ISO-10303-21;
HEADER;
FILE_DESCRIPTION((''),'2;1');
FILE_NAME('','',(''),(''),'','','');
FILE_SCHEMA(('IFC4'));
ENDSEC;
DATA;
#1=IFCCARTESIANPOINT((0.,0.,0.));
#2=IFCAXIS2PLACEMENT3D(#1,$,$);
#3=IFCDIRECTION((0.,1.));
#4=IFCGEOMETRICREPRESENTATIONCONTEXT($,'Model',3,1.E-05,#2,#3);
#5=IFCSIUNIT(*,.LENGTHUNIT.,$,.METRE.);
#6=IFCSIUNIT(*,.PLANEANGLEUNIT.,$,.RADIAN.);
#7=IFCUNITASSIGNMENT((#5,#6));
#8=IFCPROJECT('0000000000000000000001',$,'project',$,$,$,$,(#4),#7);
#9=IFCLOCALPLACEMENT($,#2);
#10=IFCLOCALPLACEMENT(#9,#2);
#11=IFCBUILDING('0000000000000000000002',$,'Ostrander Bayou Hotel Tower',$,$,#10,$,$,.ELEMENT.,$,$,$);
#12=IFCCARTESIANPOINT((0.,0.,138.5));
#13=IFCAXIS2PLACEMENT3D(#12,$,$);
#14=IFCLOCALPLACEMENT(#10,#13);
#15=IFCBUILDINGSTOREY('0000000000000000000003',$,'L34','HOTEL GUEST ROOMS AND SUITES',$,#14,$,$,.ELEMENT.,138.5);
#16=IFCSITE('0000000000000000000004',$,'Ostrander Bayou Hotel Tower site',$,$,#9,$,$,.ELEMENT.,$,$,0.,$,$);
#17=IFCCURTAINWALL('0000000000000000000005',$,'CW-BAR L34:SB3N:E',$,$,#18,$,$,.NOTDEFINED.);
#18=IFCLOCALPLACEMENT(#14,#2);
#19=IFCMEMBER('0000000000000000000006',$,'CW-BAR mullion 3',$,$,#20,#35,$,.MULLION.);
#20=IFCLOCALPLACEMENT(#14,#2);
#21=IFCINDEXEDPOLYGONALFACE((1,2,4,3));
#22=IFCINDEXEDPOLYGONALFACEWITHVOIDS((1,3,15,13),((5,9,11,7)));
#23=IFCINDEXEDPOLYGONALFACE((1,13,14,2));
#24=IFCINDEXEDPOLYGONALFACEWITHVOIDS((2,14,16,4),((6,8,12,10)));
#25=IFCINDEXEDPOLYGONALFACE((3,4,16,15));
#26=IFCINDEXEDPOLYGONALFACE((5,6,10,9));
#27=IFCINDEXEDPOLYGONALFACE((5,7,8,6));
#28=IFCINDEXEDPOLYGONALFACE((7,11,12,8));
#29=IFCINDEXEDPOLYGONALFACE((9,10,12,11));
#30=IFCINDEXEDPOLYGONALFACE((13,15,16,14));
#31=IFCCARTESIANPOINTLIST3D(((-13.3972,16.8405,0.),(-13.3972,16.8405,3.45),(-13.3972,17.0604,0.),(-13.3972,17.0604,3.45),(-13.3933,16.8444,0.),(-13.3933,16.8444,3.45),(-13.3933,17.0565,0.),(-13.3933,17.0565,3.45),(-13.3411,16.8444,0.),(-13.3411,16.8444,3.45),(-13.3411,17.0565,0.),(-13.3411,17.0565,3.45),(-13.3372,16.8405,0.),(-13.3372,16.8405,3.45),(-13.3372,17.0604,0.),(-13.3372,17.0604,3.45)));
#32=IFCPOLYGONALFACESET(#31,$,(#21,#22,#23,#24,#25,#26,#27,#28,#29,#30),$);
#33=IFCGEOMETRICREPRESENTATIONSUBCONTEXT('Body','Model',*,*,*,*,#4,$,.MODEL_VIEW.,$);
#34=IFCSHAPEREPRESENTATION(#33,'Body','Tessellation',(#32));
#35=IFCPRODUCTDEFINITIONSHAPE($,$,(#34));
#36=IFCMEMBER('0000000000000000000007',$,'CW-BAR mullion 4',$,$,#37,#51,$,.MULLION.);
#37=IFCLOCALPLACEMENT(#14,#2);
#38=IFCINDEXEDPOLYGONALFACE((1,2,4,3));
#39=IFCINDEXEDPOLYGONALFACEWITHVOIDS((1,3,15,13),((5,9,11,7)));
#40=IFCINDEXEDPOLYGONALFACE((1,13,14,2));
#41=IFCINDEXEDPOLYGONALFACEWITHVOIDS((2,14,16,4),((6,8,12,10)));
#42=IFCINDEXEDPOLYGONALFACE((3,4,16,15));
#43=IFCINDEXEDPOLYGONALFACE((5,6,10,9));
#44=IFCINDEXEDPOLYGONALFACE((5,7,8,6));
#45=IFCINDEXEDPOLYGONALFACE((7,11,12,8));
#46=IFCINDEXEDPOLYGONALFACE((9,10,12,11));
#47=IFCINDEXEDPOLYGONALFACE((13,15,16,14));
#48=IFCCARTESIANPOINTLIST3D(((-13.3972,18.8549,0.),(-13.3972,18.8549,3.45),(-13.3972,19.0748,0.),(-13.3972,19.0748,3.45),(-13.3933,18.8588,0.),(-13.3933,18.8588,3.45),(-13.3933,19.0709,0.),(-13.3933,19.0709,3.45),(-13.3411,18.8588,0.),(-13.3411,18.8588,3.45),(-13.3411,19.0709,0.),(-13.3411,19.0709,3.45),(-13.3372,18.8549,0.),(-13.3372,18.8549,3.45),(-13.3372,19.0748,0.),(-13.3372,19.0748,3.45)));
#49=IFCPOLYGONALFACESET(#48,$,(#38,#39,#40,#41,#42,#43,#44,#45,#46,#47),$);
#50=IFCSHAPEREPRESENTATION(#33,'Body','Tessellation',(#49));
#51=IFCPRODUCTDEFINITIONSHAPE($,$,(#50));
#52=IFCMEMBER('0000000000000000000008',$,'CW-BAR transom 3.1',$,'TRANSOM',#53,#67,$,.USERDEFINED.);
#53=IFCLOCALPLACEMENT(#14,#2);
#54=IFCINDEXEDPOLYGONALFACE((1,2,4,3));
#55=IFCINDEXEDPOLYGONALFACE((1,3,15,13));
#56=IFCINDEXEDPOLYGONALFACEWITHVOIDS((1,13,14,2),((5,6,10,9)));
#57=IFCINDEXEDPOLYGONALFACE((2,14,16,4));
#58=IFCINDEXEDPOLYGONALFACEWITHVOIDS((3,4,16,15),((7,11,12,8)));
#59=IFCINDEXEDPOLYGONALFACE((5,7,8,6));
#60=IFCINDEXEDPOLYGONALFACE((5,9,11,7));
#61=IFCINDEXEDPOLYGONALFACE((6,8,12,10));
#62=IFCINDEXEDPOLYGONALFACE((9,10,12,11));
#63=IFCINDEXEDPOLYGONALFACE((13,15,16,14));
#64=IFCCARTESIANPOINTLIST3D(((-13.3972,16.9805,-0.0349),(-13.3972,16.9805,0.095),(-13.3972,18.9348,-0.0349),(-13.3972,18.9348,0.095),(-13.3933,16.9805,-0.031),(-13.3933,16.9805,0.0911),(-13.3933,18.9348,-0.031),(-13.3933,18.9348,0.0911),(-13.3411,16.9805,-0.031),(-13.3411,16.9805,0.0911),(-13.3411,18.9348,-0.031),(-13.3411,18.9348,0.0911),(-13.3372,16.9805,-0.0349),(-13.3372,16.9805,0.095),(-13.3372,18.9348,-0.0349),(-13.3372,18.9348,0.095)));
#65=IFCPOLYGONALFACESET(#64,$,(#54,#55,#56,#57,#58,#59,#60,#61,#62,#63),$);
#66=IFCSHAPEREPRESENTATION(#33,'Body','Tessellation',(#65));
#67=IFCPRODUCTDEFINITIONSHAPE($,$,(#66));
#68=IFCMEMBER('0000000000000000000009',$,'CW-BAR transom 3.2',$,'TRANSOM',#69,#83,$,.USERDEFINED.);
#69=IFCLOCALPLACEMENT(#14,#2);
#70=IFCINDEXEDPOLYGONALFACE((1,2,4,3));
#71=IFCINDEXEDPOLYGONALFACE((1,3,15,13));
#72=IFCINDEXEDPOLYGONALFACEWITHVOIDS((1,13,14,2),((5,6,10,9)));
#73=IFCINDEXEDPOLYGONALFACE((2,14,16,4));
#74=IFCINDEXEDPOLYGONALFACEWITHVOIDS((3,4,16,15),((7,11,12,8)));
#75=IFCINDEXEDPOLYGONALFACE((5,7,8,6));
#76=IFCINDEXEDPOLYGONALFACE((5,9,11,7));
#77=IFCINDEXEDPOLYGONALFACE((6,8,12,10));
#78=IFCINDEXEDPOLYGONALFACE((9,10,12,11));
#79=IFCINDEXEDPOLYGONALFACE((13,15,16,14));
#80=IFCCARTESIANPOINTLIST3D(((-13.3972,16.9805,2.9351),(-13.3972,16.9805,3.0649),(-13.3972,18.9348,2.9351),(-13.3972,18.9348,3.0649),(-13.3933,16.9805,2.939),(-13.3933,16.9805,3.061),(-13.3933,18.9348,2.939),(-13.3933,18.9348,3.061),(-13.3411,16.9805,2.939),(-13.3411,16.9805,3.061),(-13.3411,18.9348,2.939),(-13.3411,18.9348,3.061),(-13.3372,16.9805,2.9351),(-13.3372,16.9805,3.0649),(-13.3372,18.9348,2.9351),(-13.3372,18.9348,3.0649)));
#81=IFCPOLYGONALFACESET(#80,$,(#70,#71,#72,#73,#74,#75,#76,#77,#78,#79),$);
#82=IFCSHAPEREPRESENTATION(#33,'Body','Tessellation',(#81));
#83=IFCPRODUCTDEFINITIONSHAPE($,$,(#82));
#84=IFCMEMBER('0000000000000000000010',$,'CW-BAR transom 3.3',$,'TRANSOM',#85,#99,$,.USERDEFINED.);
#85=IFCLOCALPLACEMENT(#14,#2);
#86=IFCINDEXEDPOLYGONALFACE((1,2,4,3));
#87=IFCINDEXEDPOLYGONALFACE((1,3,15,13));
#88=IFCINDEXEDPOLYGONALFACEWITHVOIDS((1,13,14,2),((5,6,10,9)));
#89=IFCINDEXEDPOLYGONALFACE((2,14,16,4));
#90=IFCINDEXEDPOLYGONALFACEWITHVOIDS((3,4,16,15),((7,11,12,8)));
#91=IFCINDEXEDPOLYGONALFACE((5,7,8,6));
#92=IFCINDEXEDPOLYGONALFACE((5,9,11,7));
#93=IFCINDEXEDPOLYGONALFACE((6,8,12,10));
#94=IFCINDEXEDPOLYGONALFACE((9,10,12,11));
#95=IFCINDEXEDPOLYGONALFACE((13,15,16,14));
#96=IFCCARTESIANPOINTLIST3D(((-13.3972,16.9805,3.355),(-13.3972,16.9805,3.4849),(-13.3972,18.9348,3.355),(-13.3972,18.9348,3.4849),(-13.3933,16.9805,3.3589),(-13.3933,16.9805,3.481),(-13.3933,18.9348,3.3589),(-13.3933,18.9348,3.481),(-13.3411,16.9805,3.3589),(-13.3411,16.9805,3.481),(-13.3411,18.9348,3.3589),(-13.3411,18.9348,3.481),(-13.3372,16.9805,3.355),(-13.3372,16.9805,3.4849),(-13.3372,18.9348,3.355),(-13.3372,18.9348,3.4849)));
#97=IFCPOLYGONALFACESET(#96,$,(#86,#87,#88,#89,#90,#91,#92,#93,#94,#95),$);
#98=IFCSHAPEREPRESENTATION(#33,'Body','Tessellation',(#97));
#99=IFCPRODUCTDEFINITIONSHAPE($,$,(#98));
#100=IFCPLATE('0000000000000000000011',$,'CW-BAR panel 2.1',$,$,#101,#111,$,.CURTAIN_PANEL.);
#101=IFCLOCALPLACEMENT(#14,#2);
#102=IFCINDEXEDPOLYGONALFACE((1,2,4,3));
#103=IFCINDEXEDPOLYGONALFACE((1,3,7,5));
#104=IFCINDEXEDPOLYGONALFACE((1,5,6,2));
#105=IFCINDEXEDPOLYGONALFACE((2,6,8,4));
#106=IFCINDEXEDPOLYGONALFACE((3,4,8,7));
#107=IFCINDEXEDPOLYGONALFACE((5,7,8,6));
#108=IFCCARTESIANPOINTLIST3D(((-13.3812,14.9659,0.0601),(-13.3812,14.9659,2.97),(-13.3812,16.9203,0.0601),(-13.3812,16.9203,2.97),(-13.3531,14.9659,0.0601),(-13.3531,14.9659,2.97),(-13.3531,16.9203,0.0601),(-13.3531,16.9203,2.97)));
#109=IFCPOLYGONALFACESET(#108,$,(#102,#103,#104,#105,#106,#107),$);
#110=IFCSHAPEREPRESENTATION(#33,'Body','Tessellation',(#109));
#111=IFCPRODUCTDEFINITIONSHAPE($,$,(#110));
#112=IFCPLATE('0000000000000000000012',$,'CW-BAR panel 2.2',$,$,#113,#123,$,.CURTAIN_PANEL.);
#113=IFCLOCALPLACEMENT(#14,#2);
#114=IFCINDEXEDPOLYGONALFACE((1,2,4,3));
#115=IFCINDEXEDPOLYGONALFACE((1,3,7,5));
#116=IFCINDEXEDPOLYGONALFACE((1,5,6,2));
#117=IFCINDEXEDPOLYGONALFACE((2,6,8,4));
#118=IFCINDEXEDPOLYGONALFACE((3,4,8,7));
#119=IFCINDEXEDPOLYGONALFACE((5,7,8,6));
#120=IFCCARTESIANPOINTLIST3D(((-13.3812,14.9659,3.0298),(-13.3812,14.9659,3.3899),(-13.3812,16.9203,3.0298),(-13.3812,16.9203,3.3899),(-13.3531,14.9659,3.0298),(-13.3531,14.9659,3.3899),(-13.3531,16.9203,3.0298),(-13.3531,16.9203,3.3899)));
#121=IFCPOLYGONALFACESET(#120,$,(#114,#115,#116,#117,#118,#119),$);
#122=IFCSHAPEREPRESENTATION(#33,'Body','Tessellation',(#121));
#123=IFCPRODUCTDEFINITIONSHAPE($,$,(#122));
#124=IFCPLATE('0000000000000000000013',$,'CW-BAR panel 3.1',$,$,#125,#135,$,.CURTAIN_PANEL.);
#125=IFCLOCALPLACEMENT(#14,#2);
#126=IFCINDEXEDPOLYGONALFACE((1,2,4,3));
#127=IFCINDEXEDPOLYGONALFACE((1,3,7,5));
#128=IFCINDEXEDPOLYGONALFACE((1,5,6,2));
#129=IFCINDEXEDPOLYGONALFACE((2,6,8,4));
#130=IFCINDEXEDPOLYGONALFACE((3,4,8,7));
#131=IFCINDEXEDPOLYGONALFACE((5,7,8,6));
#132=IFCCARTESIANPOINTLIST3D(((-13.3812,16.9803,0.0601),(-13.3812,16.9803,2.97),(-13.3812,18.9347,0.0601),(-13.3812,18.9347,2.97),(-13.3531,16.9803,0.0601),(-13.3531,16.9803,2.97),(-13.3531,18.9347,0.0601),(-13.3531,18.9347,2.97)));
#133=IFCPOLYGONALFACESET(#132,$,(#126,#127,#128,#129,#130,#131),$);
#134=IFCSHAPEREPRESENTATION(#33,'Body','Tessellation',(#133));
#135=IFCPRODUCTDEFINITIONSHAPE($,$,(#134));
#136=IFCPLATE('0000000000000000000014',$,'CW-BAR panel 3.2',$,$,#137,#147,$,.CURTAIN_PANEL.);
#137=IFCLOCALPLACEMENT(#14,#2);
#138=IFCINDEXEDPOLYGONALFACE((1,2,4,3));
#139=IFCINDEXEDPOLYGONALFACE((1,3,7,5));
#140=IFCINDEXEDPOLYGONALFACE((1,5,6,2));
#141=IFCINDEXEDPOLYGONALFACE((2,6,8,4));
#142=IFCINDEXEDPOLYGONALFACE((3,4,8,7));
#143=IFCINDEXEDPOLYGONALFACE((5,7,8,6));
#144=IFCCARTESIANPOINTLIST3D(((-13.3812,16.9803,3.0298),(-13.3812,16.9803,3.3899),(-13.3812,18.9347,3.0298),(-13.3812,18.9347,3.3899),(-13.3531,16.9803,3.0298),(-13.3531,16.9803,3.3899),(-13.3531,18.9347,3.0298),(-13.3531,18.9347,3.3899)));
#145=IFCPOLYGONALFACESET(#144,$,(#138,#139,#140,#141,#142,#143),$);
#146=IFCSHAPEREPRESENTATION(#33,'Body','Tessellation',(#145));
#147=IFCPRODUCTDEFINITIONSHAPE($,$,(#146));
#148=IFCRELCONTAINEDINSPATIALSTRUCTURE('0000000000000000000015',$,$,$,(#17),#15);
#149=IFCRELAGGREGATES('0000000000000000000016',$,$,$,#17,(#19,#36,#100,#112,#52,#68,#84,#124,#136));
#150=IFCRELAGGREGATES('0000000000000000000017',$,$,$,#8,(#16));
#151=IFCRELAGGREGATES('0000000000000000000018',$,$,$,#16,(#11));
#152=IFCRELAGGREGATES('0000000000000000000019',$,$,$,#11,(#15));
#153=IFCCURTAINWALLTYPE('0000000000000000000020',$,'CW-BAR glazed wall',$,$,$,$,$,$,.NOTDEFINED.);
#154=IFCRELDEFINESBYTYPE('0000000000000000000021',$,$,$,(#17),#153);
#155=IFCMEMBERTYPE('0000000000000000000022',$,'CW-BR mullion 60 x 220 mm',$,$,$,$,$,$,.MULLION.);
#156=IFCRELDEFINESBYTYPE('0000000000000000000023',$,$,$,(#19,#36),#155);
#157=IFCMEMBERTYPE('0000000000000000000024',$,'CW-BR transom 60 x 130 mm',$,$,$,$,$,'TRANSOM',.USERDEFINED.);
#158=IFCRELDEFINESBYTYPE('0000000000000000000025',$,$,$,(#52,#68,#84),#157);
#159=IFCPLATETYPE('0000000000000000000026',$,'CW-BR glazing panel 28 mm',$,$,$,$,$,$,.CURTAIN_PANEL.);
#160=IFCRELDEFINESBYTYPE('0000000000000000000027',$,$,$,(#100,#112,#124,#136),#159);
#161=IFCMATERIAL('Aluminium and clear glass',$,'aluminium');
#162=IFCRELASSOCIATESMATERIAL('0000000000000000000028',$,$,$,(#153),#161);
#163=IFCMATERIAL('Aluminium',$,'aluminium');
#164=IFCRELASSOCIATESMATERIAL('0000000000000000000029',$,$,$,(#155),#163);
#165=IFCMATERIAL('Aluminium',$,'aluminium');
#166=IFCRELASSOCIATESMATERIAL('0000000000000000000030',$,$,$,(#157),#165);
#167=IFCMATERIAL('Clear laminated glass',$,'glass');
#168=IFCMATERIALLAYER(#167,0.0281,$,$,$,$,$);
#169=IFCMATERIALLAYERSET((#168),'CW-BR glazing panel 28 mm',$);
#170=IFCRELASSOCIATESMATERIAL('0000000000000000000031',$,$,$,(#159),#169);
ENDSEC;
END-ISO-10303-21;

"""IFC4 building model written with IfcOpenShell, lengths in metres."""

from ifc_helpers import new_model, si_unit, direction, frame, origin, origin_2d, place, context, subcontext, project, spatial, rectangle, hollow_rectangle, extrude, material, layer, layer_set, material_profile, profile_set, type_object, element, aggregate, save


model = new_model("IFC4")

# Units and contexts
model_context = context("Model", 3, precision=1e-05, world=origin(), true_north=direction((0.0, 1.0)))
body_context = subcontext(model_context, "Body", "Model", "MODEL_VIEW")
ifc_project = project(units=[si_unit("LENGTHUNIT", "METRE"), si_unit("PLANEANGLEUNIT", "RADIAN")], contexts=[model_context])

# Site, building, storey
site_placement = place(None, origin())
site = spatial("IfcSite", under=ifc_project, at=site_placement, Name="Ostrander Bayou Hotel Tower site", CompositionType="ELEMENT", RefElevation=0.0)
building_placement = place(site_placement, origin())
building = spatial("IfcBuilding", under=site, at=building_placement, Name="Ostrander Bayou Hotel Tower", CompositionType="ELEMENT")
storey_placement = place(building_placement, frame((0.0, 0.0, 138.5)))
storey = spatial("IfcBuildingStorey", under=building, at=storey_placement, Name="L34", Description="HOTEL GUEST ROOMS AND SUITES", CompositionType="ELEMENT", Elevation=138.5)

# Curtain wall, members, plates
ifc_material_1 = material(Name="Aluminium and clear glass", Category="aluminium")
curtain_wall_type = type_object("IfcCurtainWallType", Name="CW-BAR glazed wall", PredefinedType="NOTDEFINED", material=ifc_material_1)
curtain_wall_placement = place(storey_placement, origin())
curtain_wall = element("IfcCurtainWall", 1, at=curtain_wall_placement, inside=storey, type_object=curtain_wall_type, Name="CW-BAR L34:SB3N:E", PredefinedType="NOTDEFINED")
ifc_material_2 = material(Name="Aluminium", Category="aluminium")
ifc_material_profile_1 = material_profile(ifc_material_2, hollow_rectangle(XDim=0.0601, YDim=0.22, WallThickness=0.0039, at=origin_2d()))
ifc_profile_set_1 = profile_set([ifc_material_profile_1], Name="Aluminium")
member_type_1 = type_object("IfcMemberType", Name="CW-BR mullion 60 x 220 mm", PredefinedType="MULLION", material=ifc_profile_set_1)
member_1_placement = place(storey_placement, frame((-13.3672, 16.9504, 0.0), z_axis=(0.0, 0.0, 1.0), x_axis=(-1.0, 0.0, 0.0)))
member_1 = element("IfcMember", 2, at=member_1_placement, type_object=member_type_1, Name="CW-BAR mullion 3", PredefinedType="MULLION", context=body_context, shape_type="SweptSolid", body=[
    extrude(hollow_rectangle(XDim=0.0601, YDim=0.22, WallThickness=0.0039, at=origin_2d()), origin(), (0.0, 0.0, 1.0), 3.45),
])
member_2_placement = place(storey_placement, frame((-13.3672, 18.9648, 0.0), z_axis=(0.0, 0.0, 1.0), x_axis=(-1.0, 0.0, 0.0)))
member_2 = element("IfcMember", 3, at=member_2_placement, type_object=member_type_1, Name="CW-BAR mullion 4", PredefinedType="MULLION", context=body_context, shape_type="SweptSolid", body=[
    extrude(hollow_rectangle(XDim=0.0601, YDim=0.22, WallThickness=0.0039, at=origin_2d()), origin(), (0.0, 0.0, 1.0), 3.45),
])
ifc_material_3 = material(Name="Aluminium", Category="aluminium")
ifc_material_profile_2 = material_profile(ifc_material_3, hollow_rectangle(XDim=0.0601, YDim=0.1299, WallThickness=0.0039, at=origin_2d()))
ifc_profile_set_2 = profile_set([ifc_material_profile_2], Name="Aluminium")
member_type_2 = type_object("IfcMemberType", Name="CW-BR transom 60 x 130 mm", ElementType="TRANSOM", PredefinedType="USERDEFINED", material=ifc_profile_set_2)
member_3_placement = place(storey_placement, frame((-13.3672, 16.9805, 0.03), z_axis=(0.0, 1.0, 0.0), x_axis=(-1.0, 0.0, 0.0)))
member_3 = element("IfcMember", 4, at=member_3_placement, type_object=member_type_2, Name="CW-BAR transom 3.1", ObjectType="TRANSOM", PredefinedType="USERDEFINED", context=body_context, shape_type="SweptSolid", body=[
    extrude(hollow_rectangle(XDim=0.0601, YDim=0.1299, WallThickness=0.0039, at=origin_2d()), origin(), (0.0, 0.0, 1.0), 1.9543),
])
member_4_placement = place(storey_placement, frame((-13.3672, 16.9805, 3.0), z_axis=(0.0, 1.0, 0.0), x_axis=(-1.0, 0.0, 0.0)))
member_4 = element("IfcMember", 5, at=member_4_placement, type_object=member_type_2, Name="CW-BAR transom 3.2", ObjectType="TRANSOM", PredefinedType="USERDEFINED", context=body_context, shape_type="SweptSolid", body=[
    extrude(hollow_rectangle(XDim=0.0601, YDim=0.1299, WallThickness=0.0039, at=origin_2d()), origin(), (0.0, 0.0, 1.0), 1.9543),
])
member_5_placement = place(storey_placement, frame((-13.3672, 16.9805, 3.4199), z_axis=(0.0, 1.0, 0.0), x_axis=(-1.0, 0.0, 0.0)))
member_5 = element("IfcMember", 6, at=member_5_placement, type_object=member_type_2, Name="CW-BAR transom 3.3", ObjectType="TRANSOM", PredefinedType="USERDEFINED", context=body_context, shape_type="SweptSolid", body=[
    extrude(hollow_rectangle(XDim=0.0601, YDim=0.1299, WallThickness=0.0039, at=origin_2d()), origin(), (0.0, 0.0, 1.0), 1.9543),
])
ifc_material_4 = material(Name="Clear laminated glass", Category="glass")
ifc_layer_1 = layer(ifc_material_4, 0.0281)
ifc_layer_set_1 = layer_set([ifc_layer_1], Name="CW-BR glazing panel 28 mm")
plate_type = type_object("IfcPlateType", Name="CW-BR glazing panel 28 mm", PredefinedType="CURTAIN_PANEL", material=ifc_layer_set_1)
plate_1_placement = place(storey_placement, frame((-13.3672, 15.9431, 0.0601), z_axis=(0.0, 0.0, 1.0), x_axis=(0.0, 1.0, 0.0)))
plate_1 = element("IfcPlate", 7, at=plate_1_placement, type_object=plate_type, Name="CW-BAR panel 2.1", PredefinedType="CURTAIN_PANEL", context=body_context, shape_type="SweptSolid", body=[
    extrude(rectangle(XDim=1.9543, YDim=0.0281, at=origin_2d()), origin(), (0.0, 0.0, 1.0), 2.9099),
])
plate_2_placement = place(storey_placement, frame((-13.3672, 15.9431, 3.0298), z_axis=(0.0, 0.0, 1.0), x_axis=(0.0, 1.0, 0.0)))
plate_2 = element("IfcPlate", 8, at=plate_2_placement, type_object=plate_type, Name="CW-BAR panel 2.2", PredefinedType="CURTAIN_PANEL", context=body_context, shape_type="SweptSolid", body=[
    extrude(rectangle(XDim=1.9543, YDim=0.0281, at=origin_2d()), origin(), (0.0, 0.0, 1.0), 0.3601),
])
plate_3_placement = place(storey_placement, frame((-13.3672, 17.9575, 0.0601), z_axis=(0.0, 0.0, 1.0), x_axis=(0.0, 1.0, 0.0)))
plate_3 = element("IfcPlate", 9, at=plate_3_placement, type_object=plate_type, Name="CW-BAR panel 3.1", PredefinedType="CURTAIN_PANEL", context=body_context, shape_type="SweptSolid", body=[
    extrude(rectangle(XDim=1.9543, YDim=0.0281, at=origin_2d()), origin(), (0.0, 0.0, 1.0), 2.9099),
])
plate_4_placement = place(storey_placement, frame((-13.3672, 17.9575, 3.0298), z_axis=(0.0, 0.0, 1.0), x_axis=(0.0, 1.0, 0.0)))
plate_4 = element("IfcPlate", 10, at=plate_4_placement, type_object=plate_type, Name="CW-BAR panel 3.2", PredefinedType="CURTAIN_PANEL", context=body_context, shape_type="SweptSolid", body=[
    extrude(rectangle(XDim=1.9543, YDim=0.0281, at=origin_2d()), origin(), (0.0, 0.0, 1.0), 0.3601),
])
aggregate(curtain_wall, [member_1, member_2, plate_1, plate_2, member_3, member_4, member_5, plate_3, plate_4])

save(model, "model.ifc")
